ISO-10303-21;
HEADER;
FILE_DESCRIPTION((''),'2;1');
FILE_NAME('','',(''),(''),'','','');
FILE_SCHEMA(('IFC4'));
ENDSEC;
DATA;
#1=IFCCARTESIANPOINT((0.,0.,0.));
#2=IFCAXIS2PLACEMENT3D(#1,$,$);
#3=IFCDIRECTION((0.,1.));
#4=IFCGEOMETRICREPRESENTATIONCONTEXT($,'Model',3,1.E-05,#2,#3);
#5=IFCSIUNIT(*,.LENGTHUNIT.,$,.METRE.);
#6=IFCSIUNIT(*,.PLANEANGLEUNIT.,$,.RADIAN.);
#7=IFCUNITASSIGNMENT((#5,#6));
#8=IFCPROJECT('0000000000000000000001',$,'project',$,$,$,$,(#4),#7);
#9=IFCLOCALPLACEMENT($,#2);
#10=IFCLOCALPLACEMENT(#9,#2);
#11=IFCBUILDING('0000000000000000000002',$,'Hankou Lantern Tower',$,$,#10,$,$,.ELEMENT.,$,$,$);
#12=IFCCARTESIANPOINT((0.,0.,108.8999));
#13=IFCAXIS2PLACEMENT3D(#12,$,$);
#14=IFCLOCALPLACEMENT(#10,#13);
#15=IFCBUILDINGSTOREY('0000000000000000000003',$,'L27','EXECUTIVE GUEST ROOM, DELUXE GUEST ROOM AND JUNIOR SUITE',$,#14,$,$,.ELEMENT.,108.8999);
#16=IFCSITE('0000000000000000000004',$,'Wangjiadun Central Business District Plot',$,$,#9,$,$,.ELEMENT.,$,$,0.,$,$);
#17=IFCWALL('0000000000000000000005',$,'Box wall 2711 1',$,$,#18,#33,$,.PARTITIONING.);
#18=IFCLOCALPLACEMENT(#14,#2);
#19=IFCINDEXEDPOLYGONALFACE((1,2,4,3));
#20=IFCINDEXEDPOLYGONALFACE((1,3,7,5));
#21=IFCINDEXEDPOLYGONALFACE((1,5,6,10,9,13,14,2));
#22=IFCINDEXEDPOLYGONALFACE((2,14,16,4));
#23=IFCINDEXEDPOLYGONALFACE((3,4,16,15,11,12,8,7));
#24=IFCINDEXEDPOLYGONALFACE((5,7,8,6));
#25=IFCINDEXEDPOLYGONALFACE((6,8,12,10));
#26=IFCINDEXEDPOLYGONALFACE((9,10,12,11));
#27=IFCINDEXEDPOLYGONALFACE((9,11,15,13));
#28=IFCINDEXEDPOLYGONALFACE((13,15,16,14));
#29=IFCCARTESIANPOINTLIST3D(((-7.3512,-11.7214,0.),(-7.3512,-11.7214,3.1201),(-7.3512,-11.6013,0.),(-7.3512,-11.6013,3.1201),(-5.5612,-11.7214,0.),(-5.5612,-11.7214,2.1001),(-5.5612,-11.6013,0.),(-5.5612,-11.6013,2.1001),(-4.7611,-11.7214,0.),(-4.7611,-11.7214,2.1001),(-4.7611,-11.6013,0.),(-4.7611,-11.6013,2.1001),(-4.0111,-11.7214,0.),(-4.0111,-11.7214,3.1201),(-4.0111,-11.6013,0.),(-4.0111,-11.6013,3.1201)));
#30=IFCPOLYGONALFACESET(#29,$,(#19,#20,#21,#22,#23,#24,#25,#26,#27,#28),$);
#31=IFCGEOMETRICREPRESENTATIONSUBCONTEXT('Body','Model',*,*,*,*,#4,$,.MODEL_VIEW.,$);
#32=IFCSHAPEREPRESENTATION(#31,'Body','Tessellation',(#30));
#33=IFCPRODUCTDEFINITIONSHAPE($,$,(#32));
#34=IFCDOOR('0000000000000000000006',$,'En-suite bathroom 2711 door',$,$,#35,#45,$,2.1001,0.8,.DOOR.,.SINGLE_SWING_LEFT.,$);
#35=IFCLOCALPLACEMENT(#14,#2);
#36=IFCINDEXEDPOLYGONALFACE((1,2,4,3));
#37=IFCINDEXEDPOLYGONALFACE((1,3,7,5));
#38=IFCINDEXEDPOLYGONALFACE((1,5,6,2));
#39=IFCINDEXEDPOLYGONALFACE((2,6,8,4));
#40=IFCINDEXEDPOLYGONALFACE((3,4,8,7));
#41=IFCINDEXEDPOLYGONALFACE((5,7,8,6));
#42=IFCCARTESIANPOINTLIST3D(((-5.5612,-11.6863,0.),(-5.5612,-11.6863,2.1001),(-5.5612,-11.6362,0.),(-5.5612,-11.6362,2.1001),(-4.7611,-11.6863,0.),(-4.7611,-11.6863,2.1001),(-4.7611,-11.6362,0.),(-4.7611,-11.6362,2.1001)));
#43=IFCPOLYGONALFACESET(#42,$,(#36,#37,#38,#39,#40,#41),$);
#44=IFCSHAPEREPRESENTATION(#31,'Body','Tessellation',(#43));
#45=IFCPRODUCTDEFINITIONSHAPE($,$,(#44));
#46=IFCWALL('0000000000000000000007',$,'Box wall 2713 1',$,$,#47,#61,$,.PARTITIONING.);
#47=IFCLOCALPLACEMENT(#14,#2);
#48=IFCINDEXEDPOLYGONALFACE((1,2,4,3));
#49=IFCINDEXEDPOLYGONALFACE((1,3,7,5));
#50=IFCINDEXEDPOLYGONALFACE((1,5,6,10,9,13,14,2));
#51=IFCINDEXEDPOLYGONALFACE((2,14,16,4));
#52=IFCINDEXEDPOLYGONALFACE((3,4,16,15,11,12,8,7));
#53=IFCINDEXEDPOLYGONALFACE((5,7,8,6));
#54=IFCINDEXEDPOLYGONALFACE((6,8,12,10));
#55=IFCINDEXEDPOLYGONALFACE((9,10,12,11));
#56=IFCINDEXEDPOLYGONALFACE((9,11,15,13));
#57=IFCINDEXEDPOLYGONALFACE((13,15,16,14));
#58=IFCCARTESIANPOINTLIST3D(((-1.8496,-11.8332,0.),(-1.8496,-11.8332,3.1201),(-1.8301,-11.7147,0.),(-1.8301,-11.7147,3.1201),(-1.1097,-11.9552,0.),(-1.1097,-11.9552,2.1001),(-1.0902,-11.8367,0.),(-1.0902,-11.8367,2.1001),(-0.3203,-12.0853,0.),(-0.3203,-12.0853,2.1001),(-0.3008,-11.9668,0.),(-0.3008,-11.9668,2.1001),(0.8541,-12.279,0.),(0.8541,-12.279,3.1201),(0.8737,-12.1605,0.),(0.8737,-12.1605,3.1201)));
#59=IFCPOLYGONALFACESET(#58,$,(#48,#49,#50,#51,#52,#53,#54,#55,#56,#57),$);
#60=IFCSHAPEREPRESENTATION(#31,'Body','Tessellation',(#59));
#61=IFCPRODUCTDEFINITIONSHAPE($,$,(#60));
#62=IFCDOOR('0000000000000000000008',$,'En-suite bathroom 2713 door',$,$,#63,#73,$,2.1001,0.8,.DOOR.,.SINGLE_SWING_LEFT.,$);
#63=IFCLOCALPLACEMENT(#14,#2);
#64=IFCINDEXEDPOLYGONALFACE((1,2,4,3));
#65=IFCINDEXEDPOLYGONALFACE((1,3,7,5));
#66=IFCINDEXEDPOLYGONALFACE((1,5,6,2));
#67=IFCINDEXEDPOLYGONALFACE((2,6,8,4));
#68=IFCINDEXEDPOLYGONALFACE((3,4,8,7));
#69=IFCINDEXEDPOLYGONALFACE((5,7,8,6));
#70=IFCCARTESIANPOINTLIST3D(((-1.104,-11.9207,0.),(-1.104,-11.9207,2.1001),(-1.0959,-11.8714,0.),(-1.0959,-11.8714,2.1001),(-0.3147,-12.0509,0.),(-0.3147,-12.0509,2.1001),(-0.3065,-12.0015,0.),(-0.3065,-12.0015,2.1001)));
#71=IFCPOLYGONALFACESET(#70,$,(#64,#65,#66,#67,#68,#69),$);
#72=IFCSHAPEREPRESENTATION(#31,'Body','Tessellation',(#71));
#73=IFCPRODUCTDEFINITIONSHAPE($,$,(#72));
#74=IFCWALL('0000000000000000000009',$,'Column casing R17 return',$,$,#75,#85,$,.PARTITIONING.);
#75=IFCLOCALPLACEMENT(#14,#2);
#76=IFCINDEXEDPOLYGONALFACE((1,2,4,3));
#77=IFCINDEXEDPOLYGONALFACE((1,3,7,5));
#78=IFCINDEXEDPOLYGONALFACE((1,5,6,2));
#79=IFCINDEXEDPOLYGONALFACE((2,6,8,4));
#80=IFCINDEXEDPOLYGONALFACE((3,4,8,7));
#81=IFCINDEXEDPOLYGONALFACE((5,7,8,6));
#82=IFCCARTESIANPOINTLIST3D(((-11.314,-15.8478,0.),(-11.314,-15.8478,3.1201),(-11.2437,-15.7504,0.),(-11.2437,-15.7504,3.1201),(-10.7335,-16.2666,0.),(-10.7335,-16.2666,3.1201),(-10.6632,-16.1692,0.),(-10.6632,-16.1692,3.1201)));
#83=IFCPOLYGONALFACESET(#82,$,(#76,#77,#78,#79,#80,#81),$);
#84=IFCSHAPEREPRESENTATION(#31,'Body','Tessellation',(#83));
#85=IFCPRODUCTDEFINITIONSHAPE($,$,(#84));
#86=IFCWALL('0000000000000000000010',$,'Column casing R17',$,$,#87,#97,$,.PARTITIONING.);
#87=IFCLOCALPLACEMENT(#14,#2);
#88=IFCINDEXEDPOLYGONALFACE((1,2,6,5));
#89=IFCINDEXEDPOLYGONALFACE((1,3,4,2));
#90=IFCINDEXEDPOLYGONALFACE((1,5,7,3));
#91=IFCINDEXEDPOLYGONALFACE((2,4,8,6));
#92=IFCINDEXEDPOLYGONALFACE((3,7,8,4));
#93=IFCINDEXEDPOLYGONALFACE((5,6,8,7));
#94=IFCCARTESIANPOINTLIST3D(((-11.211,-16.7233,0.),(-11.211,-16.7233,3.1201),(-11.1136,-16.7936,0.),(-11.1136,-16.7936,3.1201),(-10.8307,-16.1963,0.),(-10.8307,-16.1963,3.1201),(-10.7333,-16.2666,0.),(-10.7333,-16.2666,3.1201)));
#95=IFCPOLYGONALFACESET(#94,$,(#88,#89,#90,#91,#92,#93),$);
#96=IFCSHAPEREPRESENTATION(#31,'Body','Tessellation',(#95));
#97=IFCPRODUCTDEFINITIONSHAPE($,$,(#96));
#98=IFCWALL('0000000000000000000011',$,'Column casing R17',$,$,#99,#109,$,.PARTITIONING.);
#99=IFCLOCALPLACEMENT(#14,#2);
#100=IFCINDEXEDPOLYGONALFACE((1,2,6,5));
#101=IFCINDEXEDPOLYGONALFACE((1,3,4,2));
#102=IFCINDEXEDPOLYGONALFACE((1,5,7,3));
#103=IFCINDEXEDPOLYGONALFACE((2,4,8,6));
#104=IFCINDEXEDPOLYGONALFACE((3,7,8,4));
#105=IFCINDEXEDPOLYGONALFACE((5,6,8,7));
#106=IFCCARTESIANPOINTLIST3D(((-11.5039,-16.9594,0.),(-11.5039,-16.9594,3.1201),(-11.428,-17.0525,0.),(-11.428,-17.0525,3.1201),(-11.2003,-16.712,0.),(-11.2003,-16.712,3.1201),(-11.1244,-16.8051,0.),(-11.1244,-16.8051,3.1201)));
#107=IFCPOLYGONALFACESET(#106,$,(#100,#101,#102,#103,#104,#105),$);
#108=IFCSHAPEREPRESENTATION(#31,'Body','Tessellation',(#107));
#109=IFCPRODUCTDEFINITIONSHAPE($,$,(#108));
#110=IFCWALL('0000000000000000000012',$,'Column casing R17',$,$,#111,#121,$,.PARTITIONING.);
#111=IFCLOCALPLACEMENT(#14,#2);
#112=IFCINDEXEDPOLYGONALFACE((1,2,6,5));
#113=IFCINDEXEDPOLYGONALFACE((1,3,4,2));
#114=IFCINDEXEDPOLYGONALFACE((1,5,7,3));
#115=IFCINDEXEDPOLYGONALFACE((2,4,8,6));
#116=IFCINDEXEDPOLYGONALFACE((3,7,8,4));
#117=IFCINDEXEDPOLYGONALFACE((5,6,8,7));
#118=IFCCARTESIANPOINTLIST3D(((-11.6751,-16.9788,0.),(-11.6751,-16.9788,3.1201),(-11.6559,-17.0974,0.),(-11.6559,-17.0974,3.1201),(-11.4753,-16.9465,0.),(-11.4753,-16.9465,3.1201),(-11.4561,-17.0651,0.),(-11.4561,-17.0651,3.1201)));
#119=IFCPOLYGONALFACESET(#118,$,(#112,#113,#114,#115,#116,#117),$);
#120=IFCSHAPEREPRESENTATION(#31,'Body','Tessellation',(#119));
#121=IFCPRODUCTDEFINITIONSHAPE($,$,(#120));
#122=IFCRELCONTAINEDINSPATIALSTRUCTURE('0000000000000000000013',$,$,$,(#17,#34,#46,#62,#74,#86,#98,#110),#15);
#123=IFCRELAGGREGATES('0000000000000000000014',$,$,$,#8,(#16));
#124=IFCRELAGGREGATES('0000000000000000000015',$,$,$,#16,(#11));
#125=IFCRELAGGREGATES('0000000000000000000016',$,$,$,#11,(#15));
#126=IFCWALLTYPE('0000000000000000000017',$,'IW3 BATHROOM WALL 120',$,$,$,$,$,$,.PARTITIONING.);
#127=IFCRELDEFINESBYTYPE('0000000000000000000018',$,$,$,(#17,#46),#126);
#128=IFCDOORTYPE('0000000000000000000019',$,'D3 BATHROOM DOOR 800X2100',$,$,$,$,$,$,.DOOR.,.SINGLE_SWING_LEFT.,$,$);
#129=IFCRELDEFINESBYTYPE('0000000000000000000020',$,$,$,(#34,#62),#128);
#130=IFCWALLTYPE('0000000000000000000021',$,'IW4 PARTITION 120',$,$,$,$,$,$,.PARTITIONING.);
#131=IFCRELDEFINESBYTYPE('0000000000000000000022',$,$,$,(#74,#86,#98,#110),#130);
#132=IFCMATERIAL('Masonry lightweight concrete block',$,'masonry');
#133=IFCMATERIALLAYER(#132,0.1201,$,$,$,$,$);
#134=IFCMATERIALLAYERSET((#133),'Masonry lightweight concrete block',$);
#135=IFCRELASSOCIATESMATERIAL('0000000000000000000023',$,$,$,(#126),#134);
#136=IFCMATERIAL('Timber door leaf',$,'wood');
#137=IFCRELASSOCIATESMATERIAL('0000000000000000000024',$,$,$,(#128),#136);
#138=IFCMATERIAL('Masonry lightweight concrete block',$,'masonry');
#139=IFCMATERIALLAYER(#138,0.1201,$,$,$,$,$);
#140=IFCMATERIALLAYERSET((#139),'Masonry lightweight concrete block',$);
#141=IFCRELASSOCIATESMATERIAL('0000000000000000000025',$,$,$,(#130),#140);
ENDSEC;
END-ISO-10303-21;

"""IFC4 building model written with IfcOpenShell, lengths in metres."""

from ifc_helpers import new_model, si_unit, direction, frame, frame_2d, origin, place, context, subcontext, project, spatial, rectangle, extrude, material, layer, layer_set, type_object, element, fill, save


model = new_model("IFC4")

# Units and contexts
model_context = context("Model", 3, precision=1e-05, world=origin(), true_north=direction((0.0, 1.0)))
body_context = subcontext(model_context, "Body", "Model", "MODEL_VIEW")
ifc_project = project(units=[si_unit("LENGTHUNIT", "METRE"), si_unit("PLANEANGLEUNIT", "RADIAN")], contexts=[model_context])

# Site, building, storey
site_placement = place(None, origin())
site = spatial("IfcSite", under=ifc_project, at=site_placement, Name="Wangjiadun Central Business District Plot", CompositionType="ELEMENT", RefElevation=0.0)
building_placement = place(site_placement, origin())
building = spatial("IfcBuilding", under=site, at=building_placement, Name="Hankou Lantern Tower", CompositionType="ELEMENT")
storey_placement = place(building_placement, frame((0.0, 0.0, 108.8999)))
storey = spatial("IfcBuildingStorey", under=building, at=storey_placement, Name="L27", Description="EXECUTIVE GUEST ROOM, DELUXE GUEST ROOM AND JUNIOR SUITE", CompositionType="ELEMENT", Elevation=108.8999)

# Walls, openings, doors
ifc_material_1 = material(Name="Masonry lightweight concrete block", Category="masonry")
ifc_layer_1 = layer(ifc_material_1, 0.1201)
ifc_layer_set_1 = layer_set([ifc_layer_1], Name="Masonry lightweight concrete block")
wall_type_1 = type_object("IfcWallType", Name="IW3 BATHROOM WALL 120", PredefinedType="PARTITIONING", material=ifc_layer_set_1)
wall_1_placement = place(storey_placement, frame((-4.0112, -11.6614, 0.0), z_axis=(0.0, 0.0, 1.0), x_axis=(-1.0, 0.0, 0.0)))
wall_1 = element("IfcWall", 1, at=wall_1_placement, inside=storey, type_object=wall_type_1, Name="Box wall 2711 1", PredefinedType="PARTITIONING", context=body_context, shape_type="SweptSolid", body=[
    extrude(rectangle(XDim=3.3401, YDim=0.1201, at=frame_2d((1.6699, 0.0))), origin(), (0.0, 0.0, 1.0), 3.1201),
])
opening_1_placement = place(wall_1_placement, frame((0.75, 0.0, 0.0)))
opening_1 = element("IfcOpeningElement", 2, at=opening_1_placement, cuts=wall_1, PredefinedType="OPENING", context=body_context, shape_type="SweptSolid", body=[
    extrude(rectangle(XDim=0.8, YDim=2.1001, at=frame_2d((0.3999, 1.05))), frame((0.0, 0.0701, 0.0), z_axis=(0.0, -1.0, 0.0), x_axis=(1.0, 0.0, 0.0)), (0.0, 0.0, 1.0), 0.1401),
])
ifc_material_2 = material(Name="Timber door leaf", Category="wood")
door_type = type_object("IfcDoorType", Name="D3 BATHROOM DOOR 800X2100", OperationType="SINGLE_SWING_LEFT", PredefinedType="DOOR", material=ifc_material_2)
door_1_placement = place(opening_1_placement, origin())
door_1 = element("IfcDoor", 3, at=door_1_placement, inside=storey, type_object=door_type, Name="En-suite bathroom 2711 door", OperationType="SINGLE_SWING_LEFT", OverallHeight=2.1001, OverallWidth=0.8, PredefinedType="DOOR", context=body_context, shape_type="SweptSolid", body=[
    extrude(rectangle(XDim=0.8, YDim=2.1001, at=frame_2d((0.3999, 1.05))), frame((0.0, 0.0249, 0.0), z_axis=(0.0, -1.0, 0.0), x_axis=(1.0, 0.0, 0.0)), (0.0, 0.0, 1.0), 0.05),
])
fill(opening_1, door_1)
wall_2_placement = place(storey_placement, frame((-1.8398, -11.7739, 0.0), z_axis=(0.0, 0.0, 1.0), x_axis=(0.986677, -0.162694, 0.0)))
wall_2 = element("IfcWall", 4, at=wall_2_placement, inside=storey, type_object=wall_type_1, Name="Box wall 2713 1", PredefinedType="PARTITIONING", context=body_context, shape_type="SweptSolid", body=[
    extrude(rectangle(XDim=2.7402, YDim=0.1201, at=frame_2d((1.3701, 0.0))), origin(), (0.0, 0.0, 1.0), 3.1201),
])
opening_2_placement = place(wall_2_placement, frame((0.75, 0.0, 0.0)))
opening_2 = element("IfcOpeningElement", 5, at=opening_2_placement, cuts=wall_2, PredefinedType="OPENING", context=body_context, shape_type="SweptSolid", body=[
    extrude(rectangle(XDim=0.8, YDim=2.1001, at=frame_2d((0.3999, 1.05))), frame((0.0, 0.0701, 0.0), z_axis=(0.0, -1.0, 0.0), x_axis=(1.0, 0.0, 0.0)), (0.0, 0.0, 1.0), 0.1401),
])
door_2_placement = place(opening_2_placement, origin())
door_2 = element("IfcDoor", 6, at=door_2_placement, inside=storey, type_object=door_type, Name="En-suite bathroom 2713 door", OperationType="SINGLE_SWING_LEFT", OverallHeight=2.1001, OverallWidth=0.8, PredefinedType="DOOR", context=body_context, shape_type="SweptSolid", body=[
    extrude(rectangle(XDim=0.8, YDim=2.1001, at=frame_2d((0.3999, 1.05))), frame((0.0, 0.0249, 0.0), z_axis=(0.0, -1.0, 0.0), x_axis=(1.0, 0.0, 0.0)), (0.0, 0.0, 1.0), 0.05),
])
fill(opening_2, door_2)

# Walls
ifc_material_3 = material(Name="Masonry lightweight concrete block", Category="masonry")
ifc_layer_2 = layer(ifc_material_3, 0.1201)
ifc_layer_set_2 = layer_set([ifc_layer_2], Name="Masonry lightweight concrete block")
wall_type_2 = type_object("IfcWallType", Name="IW4 PARTITION 120", PredefinedType="PARTITIONING", material=ifc_layer_set_2)
wall_3_placement = place(storey_placement, frame((-11.2788, -15.7991, 0.0), z_axis=(0.0, 0.0, 1.0), x_axis=(0.810913, -0.585167, 0.0)))
element("IfcWall", 7, at=wall_3_placement, inside=storey, type_object=wall_type_2, Name="Column casing R17 return", PredefinedType="PARTITIONING", context=body_context, shape_type="SweptSolid", body=[
    extrude(rectangle(XDim=0.7158, YDim=0.1201, at=frame_2d((0.3579, 0.0))), origin(), (0.0, 0.0, 1.0), 3.1201),
])
wall_4_placement = place(storey_placement, frame((-10.782, -16.2314, 0.0), z_axis=(0.0, 0.0, 1.0), x_axis=(-0.585175, -0.810907, 0.0)))
element("IfcWall", 8, at=wall_4_placement, inside=storey, type_object=wall_type_2, Name="Column casing R17", PredefinedType="PARTITIONING", context=body_context, shape_type="SweptSolid", body=[
    extrude(rectangle(XDim=0.6499, YDim=0.1201, at=frame_2d((0.325, 0.0))), origin(), (0.0, 0.0, 1.0), 3.1201),
])
wall_5_placement = place(storey_placement, frame((-11.1624, -16.7585, 0.0), z_axis=(0.0, 0.0, 1.0), x_axis=(-0.775178, -0.631742, 0.0)))
element("IfcWall", 9, at=wall_5_placement, inside=storey, type_object=wall_type_2, Name="Column casing R17", PredefinedType="PARTITIONING", context=body_context, shape_type="SweptSolid", body=[
    extrude(rectangle(XDim=0.3916, YDim=0.1201, at=frame_2d((0.1958, 0.0))), origin(), (0.0, 0.0, 1.0), 3.1201),
])
wall_6_placement = place(storey_placement, frame((-11.4658, -17.0059, 0.0), z_axis=(0.0, 0.0, 1.0), x_axis=(-0.987229, -0.159308, 0.0)))
element("IfcWall", 10, at=wall_6_placement, inside=storey, type_object=wall_type_2, Name="Column casing R17", PredefinedType="PARTITIONING", context=body_context, shape_type="SweptSolid", body=[
    extrude(rectangle(XDim=0.2024, YDim=0.1201, at=frame_2d((0.1011, 0.0))), origin(), (0.0, 0.0, 1.0), 3.1201),
])

save(model, "model.ifc")
